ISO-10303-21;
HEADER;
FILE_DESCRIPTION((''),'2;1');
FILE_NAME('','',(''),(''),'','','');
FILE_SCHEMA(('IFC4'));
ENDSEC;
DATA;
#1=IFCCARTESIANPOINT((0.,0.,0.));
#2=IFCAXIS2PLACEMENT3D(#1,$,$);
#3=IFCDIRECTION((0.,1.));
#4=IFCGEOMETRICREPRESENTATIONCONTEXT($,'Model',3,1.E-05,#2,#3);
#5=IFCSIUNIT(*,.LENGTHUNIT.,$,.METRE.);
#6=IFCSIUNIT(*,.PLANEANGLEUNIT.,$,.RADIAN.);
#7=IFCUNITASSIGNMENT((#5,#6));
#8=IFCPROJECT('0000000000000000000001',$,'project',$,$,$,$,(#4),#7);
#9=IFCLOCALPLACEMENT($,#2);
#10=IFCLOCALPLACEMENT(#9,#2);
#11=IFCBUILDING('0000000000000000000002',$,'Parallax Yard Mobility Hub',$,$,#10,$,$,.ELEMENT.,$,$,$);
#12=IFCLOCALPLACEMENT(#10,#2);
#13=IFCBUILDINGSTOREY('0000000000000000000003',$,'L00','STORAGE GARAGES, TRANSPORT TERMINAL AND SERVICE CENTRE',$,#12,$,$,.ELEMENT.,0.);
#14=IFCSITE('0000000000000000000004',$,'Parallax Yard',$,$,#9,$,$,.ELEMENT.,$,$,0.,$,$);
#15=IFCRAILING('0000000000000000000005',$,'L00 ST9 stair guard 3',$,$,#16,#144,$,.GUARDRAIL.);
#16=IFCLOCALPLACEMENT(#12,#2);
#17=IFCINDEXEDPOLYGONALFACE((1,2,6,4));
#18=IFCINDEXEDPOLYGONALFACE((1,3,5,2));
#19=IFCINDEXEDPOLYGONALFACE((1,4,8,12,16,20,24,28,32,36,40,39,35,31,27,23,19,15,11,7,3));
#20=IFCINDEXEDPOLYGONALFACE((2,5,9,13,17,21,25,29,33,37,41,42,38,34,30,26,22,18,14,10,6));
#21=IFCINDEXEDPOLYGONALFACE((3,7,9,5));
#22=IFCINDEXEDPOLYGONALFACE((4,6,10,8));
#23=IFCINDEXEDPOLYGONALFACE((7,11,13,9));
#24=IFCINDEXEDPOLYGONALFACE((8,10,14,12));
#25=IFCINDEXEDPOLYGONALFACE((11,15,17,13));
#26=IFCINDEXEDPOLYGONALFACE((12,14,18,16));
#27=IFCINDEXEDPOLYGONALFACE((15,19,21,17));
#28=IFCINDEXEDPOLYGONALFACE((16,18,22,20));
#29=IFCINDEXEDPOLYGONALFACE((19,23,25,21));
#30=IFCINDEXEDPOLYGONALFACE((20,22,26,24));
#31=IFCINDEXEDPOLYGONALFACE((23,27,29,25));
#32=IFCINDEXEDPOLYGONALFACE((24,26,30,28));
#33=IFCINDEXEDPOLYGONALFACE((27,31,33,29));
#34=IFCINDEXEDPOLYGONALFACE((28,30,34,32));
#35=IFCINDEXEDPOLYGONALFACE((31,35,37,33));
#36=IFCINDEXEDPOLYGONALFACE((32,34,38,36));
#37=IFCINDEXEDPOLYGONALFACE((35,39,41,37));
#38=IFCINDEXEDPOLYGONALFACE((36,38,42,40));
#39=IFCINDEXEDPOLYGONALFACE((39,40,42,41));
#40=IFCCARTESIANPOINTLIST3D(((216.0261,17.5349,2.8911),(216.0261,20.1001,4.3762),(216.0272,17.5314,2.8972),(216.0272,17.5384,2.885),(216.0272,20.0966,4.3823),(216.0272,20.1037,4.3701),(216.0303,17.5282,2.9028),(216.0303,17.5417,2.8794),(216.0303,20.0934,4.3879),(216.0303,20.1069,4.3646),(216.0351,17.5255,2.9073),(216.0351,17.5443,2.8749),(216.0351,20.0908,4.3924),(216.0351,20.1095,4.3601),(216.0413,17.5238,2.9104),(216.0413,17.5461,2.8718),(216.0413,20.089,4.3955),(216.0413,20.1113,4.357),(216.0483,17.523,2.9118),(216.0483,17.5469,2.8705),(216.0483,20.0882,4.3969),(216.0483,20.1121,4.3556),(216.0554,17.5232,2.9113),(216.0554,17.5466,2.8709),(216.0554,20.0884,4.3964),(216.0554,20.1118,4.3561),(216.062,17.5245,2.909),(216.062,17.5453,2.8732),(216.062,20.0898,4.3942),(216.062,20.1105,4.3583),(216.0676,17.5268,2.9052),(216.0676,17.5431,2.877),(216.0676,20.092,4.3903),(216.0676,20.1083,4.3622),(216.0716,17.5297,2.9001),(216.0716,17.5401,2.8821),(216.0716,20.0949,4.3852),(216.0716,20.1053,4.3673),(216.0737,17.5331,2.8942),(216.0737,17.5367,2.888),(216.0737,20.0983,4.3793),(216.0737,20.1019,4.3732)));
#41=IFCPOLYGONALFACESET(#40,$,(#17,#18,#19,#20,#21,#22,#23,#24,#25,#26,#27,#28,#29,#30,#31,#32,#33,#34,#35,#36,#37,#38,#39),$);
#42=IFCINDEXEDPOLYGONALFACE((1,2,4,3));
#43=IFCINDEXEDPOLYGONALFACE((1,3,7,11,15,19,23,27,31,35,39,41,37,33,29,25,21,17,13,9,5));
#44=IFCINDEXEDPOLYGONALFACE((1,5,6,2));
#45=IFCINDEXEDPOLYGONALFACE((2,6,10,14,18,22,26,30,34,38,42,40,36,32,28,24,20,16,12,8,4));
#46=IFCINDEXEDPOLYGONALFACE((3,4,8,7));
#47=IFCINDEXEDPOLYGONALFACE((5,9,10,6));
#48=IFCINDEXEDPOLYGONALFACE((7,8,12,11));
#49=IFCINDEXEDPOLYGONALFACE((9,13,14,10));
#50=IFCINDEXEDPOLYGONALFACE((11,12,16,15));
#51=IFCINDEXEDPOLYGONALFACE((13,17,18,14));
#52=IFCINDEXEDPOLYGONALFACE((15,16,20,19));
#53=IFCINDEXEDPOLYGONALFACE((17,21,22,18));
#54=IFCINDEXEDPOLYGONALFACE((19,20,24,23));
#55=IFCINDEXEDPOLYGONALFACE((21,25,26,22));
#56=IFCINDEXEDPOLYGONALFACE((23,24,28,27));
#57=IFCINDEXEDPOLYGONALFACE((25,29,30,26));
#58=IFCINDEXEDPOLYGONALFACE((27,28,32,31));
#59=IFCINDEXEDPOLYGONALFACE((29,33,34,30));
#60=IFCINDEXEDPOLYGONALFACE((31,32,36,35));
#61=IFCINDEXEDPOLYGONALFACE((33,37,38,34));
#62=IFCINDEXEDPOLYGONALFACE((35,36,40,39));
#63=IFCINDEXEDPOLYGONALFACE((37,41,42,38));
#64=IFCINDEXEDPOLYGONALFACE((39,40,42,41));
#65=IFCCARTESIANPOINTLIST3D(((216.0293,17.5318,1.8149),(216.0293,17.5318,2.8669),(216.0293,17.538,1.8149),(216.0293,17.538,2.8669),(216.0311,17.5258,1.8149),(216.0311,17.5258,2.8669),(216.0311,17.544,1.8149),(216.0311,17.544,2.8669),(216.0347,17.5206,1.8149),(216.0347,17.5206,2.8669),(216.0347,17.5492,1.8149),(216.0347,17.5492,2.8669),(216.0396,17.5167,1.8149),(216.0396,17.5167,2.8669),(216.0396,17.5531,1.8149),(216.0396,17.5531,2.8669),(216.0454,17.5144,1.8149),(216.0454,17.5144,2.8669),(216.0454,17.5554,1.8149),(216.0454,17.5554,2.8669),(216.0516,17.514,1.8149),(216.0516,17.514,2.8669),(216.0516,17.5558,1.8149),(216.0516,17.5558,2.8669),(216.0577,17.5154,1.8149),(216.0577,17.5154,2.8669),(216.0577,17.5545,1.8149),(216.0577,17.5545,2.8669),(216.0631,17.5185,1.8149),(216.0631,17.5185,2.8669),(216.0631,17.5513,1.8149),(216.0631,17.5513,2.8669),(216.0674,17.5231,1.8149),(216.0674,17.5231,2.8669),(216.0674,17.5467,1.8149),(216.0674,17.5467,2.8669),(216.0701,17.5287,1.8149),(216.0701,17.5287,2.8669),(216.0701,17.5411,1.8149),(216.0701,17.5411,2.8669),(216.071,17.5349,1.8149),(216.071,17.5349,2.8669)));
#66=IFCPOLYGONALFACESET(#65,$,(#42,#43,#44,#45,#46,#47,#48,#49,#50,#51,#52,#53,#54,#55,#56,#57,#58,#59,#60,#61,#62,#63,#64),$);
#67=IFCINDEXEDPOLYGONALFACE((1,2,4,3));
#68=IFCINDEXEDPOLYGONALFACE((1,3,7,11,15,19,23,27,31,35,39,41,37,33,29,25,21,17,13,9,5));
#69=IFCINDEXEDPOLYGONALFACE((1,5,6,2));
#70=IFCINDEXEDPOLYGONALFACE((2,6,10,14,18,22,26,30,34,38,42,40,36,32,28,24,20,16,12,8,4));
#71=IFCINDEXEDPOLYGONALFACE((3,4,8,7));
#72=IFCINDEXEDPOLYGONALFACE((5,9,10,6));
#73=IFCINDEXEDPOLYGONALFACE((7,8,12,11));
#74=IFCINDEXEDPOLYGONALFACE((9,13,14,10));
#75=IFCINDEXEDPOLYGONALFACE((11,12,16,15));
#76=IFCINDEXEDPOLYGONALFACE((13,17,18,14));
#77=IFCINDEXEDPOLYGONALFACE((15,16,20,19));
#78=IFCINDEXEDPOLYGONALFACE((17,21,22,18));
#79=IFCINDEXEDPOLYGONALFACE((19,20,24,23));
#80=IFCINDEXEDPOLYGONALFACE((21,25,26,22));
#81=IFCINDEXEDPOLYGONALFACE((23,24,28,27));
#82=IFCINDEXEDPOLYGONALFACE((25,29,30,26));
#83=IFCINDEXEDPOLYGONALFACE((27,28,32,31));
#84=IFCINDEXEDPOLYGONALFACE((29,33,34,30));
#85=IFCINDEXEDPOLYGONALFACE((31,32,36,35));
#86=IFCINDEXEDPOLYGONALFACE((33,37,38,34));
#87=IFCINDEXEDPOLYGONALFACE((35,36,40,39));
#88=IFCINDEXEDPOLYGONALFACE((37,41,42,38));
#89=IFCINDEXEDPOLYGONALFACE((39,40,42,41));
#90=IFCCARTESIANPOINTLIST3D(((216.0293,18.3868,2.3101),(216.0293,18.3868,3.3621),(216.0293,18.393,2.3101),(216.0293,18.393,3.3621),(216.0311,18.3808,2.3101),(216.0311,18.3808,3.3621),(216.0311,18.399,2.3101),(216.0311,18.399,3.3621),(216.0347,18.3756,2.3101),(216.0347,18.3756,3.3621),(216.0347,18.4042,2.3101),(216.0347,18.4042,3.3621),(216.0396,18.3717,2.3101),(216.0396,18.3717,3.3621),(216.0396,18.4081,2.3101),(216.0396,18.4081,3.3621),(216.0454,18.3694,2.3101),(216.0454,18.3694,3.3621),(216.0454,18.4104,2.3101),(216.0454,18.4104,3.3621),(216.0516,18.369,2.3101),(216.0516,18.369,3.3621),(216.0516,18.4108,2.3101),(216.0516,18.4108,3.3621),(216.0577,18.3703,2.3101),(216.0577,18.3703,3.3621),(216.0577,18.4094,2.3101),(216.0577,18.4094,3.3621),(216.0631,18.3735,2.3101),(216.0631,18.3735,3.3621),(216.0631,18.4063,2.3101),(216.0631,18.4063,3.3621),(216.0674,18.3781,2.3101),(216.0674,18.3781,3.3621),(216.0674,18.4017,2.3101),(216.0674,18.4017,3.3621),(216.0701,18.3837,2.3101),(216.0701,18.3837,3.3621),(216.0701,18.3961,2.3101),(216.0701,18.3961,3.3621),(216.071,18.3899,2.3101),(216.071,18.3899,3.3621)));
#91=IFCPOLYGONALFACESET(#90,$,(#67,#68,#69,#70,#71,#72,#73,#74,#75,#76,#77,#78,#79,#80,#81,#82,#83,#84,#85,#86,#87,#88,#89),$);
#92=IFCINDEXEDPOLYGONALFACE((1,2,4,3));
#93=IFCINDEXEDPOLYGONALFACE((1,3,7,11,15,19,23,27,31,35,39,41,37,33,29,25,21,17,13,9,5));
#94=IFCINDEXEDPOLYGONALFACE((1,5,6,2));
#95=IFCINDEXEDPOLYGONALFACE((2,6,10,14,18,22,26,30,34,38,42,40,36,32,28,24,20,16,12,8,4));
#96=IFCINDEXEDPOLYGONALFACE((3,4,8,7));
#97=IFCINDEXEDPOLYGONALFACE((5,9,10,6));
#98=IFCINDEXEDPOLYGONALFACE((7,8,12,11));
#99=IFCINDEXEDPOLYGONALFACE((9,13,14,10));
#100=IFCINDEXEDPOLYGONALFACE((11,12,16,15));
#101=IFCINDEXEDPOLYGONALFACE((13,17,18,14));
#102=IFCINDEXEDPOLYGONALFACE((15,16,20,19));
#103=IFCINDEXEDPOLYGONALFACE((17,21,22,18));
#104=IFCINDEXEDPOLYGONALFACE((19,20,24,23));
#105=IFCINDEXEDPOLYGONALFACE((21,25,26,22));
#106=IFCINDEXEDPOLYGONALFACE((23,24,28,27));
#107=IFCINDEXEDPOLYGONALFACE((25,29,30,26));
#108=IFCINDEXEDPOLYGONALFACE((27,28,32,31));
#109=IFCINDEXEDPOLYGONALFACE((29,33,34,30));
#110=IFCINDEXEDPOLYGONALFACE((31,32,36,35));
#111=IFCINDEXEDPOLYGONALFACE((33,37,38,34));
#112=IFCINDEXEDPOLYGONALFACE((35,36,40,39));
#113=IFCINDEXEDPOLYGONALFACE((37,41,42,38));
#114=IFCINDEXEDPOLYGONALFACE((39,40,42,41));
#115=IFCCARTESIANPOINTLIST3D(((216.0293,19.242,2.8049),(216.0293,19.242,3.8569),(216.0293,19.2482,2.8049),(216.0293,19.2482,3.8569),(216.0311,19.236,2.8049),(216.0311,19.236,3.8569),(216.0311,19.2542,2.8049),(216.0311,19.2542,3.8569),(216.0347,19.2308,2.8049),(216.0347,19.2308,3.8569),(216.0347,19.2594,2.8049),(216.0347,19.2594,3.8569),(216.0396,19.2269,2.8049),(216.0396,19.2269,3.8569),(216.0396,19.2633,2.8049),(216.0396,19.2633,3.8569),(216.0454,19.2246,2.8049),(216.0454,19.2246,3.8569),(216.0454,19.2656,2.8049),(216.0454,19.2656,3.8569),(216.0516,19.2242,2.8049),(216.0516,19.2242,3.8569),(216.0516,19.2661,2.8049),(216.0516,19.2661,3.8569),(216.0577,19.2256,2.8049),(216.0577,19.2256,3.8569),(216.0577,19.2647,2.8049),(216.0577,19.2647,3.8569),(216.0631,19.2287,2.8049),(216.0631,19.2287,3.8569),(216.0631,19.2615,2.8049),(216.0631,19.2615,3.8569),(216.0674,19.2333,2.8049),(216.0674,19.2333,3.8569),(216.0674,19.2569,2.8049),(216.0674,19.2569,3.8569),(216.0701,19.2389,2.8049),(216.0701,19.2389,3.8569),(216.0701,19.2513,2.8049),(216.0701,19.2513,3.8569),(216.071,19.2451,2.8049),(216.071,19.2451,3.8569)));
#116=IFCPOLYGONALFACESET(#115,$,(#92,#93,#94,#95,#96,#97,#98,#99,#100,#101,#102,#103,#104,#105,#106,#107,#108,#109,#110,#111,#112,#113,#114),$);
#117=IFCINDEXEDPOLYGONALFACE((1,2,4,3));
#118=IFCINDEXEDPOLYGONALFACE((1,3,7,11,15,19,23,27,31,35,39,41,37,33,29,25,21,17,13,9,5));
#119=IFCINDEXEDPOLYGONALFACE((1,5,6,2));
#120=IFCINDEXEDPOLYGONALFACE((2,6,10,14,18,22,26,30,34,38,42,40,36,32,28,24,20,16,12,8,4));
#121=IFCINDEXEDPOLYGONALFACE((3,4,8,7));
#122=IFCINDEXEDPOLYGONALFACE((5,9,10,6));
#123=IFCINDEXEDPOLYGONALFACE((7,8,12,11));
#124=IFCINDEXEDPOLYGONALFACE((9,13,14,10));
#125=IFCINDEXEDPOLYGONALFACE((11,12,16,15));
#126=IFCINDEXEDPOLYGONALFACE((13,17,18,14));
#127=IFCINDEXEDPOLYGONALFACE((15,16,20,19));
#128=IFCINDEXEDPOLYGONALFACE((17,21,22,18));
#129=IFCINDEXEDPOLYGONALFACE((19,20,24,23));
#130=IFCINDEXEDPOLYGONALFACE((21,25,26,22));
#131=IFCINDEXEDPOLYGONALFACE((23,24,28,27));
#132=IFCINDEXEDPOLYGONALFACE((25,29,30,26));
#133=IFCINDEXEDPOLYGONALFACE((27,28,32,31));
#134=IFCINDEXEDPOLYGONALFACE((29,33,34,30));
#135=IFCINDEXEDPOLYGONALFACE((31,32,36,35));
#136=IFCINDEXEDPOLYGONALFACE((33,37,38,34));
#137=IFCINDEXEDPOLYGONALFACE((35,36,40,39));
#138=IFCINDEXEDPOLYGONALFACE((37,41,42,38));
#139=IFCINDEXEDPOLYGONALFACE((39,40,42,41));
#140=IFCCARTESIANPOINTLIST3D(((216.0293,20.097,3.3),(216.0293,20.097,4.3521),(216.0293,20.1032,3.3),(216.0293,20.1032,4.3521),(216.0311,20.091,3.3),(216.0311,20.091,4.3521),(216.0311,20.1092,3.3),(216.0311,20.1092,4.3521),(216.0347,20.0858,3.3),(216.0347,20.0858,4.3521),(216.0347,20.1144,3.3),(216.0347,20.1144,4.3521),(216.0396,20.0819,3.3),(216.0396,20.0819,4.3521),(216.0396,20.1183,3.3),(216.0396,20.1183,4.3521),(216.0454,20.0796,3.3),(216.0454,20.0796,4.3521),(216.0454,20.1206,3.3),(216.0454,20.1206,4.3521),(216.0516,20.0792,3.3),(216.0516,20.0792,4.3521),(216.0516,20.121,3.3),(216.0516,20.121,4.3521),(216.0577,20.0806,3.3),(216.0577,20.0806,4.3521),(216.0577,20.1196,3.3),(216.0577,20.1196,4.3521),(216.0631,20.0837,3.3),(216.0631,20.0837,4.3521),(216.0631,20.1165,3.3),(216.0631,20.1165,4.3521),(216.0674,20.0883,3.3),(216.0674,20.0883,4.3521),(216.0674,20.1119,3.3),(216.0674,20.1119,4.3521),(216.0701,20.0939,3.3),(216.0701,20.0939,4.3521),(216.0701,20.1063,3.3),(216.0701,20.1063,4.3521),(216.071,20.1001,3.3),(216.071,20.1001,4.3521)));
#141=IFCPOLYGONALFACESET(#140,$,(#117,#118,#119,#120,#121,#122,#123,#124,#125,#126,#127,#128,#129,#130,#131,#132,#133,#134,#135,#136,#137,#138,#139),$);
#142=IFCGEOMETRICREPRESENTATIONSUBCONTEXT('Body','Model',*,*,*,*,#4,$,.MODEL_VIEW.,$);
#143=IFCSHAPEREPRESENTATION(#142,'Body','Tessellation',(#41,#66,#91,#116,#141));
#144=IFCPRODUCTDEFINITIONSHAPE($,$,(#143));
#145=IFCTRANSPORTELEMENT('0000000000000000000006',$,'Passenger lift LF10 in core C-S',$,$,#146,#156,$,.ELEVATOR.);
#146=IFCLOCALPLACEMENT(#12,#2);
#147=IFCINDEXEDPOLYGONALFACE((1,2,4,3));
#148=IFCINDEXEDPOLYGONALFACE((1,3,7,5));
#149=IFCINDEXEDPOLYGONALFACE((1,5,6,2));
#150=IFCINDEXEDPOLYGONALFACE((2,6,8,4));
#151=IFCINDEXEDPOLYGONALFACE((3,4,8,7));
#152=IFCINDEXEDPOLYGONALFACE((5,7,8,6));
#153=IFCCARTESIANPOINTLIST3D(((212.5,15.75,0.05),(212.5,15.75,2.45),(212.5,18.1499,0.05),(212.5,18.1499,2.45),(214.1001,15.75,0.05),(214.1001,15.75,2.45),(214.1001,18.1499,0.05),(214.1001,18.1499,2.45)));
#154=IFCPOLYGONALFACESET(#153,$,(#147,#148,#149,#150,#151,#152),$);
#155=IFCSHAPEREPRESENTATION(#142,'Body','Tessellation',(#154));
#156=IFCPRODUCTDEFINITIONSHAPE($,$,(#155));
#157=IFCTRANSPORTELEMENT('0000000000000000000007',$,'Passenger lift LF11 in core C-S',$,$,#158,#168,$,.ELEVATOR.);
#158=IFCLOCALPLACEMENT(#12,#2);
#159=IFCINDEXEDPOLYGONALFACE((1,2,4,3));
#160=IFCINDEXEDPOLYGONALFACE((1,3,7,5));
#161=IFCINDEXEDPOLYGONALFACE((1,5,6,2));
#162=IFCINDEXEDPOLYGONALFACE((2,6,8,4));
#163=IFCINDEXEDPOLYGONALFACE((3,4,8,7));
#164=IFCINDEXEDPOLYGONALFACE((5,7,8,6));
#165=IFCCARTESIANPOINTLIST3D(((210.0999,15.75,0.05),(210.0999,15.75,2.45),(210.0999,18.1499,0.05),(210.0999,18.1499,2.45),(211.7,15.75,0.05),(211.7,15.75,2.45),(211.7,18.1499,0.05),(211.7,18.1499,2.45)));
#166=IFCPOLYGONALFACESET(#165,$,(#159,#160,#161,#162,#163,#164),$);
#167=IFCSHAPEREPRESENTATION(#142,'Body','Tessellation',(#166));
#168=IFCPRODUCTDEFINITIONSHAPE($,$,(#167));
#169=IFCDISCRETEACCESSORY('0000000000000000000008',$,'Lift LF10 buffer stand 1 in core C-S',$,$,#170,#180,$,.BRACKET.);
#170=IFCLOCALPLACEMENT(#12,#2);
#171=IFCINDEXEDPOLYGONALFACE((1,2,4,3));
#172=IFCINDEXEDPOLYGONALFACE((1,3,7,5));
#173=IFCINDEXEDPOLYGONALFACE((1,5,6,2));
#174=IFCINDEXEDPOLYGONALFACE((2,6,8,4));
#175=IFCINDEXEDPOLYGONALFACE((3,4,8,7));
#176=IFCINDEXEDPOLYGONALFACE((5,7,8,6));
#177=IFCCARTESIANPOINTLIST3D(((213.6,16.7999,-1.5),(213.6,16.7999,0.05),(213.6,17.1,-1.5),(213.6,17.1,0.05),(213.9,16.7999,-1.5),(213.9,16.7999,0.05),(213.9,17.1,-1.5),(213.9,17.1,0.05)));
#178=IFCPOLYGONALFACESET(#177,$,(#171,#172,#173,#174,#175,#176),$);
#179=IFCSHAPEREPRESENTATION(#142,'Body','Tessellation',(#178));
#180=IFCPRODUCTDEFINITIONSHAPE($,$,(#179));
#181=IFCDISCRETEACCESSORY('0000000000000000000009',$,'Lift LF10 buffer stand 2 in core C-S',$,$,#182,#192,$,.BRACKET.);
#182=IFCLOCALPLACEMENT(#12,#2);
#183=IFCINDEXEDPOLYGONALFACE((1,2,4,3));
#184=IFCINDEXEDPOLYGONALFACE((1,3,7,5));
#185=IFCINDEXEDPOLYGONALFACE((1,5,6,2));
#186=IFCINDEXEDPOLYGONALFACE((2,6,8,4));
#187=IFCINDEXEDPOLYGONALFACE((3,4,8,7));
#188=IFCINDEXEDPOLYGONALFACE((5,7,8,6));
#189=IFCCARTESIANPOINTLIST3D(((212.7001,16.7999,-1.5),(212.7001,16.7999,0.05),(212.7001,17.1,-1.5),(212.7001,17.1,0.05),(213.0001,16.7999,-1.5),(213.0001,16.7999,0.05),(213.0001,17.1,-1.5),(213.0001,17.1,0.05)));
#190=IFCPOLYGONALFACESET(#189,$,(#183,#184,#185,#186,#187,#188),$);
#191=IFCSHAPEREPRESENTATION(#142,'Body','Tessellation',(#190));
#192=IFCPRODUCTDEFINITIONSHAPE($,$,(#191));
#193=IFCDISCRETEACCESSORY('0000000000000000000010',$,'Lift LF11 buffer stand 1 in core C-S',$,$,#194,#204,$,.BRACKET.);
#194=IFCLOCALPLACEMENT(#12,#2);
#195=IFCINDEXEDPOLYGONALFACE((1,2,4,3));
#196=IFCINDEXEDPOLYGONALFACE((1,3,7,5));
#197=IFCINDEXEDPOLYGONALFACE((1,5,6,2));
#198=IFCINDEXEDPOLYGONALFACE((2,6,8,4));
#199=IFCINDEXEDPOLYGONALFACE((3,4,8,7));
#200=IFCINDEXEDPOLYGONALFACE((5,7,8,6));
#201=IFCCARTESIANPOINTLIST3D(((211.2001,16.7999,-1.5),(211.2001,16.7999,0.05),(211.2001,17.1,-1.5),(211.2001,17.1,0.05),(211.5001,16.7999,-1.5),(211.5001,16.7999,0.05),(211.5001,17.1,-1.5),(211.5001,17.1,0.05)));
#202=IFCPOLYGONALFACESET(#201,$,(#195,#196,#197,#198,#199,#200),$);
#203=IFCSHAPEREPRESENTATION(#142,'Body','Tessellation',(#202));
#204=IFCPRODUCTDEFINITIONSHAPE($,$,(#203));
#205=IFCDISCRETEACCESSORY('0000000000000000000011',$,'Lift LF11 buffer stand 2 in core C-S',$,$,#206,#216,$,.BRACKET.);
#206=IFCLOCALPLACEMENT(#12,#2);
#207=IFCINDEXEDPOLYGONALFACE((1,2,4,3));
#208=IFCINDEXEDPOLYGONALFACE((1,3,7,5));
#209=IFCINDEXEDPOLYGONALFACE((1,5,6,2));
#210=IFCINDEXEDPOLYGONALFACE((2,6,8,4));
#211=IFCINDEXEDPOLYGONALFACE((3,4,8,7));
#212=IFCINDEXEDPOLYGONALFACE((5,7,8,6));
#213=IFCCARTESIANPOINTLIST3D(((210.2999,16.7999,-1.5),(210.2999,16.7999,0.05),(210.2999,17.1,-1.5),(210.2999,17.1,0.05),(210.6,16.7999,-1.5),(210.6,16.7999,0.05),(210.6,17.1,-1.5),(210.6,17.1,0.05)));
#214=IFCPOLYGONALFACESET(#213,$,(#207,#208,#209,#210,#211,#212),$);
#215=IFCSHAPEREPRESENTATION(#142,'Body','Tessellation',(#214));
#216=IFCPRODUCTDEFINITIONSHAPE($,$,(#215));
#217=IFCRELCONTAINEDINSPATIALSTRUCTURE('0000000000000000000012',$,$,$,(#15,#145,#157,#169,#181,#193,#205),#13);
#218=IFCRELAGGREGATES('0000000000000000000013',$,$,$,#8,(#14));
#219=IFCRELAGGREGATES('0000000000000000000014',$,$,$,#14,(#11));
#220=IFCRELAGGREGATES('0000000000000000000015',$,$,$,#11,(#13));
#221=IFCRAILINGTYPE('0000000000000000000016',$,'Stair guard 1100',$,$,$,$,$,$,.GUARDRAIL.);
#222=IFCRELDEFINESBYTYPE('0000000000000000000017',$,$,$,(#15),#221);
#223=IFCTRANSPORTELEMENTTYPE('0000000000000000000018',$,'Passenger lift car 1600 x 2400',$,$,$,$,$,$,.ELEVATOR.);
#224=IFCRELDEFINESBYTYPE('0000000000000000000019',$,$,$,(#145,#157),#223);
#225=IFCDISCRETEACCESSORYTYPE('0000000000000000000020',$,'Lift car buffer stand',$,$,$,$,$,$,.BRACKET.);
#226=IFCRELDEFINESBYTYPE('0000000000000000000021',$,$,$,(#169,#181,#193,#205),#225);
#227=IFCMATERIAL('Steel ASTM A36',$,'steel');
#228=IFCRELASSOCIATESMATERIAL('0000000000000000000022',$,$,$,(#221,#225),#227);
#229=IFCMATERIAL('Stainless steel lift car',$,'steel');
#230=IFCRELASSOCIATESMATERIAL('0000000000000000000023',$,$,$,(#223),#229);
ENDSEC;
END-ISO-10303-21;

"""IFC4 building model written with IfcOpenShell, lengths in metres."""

from ifc_helpers import new_model, si_unit, direction, frame, origin, origin_2d, place, context, subcontext, project, spatial, rectangle, circle, extrude, material, type_object, element, save


model = new_model("IFC4")

# Units and contexts
model_context = context("Model", 3, precision=1e-05, world=origin(), true_north=direction((0.0, 1.0)))
body_context = subcontext(model_context, "Body", "Model", "MODEL_VIEW")
ifc_project = project(units=[si_unit("LENGTHUNIT", "METRE"), si_unit("PLANEANGLEUNIT", "RADIAN")], contexts=[model_context])

# Site, building, storey
site_placement = place(None, origin())
site = spatial("IfcSite", under=ifc_project, at=site_placement, Name="Parallax Yard", CompositionType="ELEMENT", RefElevation=0.0)
building_placement = place(site_placement, origin())
building = spatial("IfcBuilding", under=site, at=building_placement, Name="Parallax Yard Mobility Hub", CompositionType="ELEMENT")
storey_placement = place(building_placement, origin())
storey = spatial("IfcBuildingStorey", under=building, at=storey_placement, Name="L00", Description="STORAGE GARAGES, TRANSPORT TERMINAL AND SERVICE CENTRE", CompositionType="ELEMENT", Elevation=0.0)

# Railing
ifc_material_1 = material(Name="Steel ASTM A36", Category="steel")
railing_type = type_object("IfcRailingType", Name="Stair guard 1100", PredefinedType="GUARDRAIL", material=ifc_material_1)
railing_1_placement = place(storey_placement, frame((216.05, 17.5349, 1.8149)))
element("IfcRailing", 1, at=railing_1_placement, inside=storey, type_object=railing_type, Name="L00 ST9 stair guard 3", PredefinedType="GUARDRAIL", context=body_context, shape_type="SweptSolid", body=[
    extrude(circle(Radius=0.0239, at=origin_2d()), frame((0.0, 0.0, 1.0762), z_axis=(0.0, 0.865426, 0.501036), x_axis=(-1.0, 0.0, 0.0)), (0.0, 0.0, 1.0), 2.9641),
    extrude(circle(Radius=0.021, at=origin_2d()), origin(), (0.0, 0.0, 1.0), 1.052),
    extrude(circle(Radius=0.021, at=origin_2d()), frame((0.0, 0.855, 0.4951)), (0.0, 0.0, 1.0), 1.052),
    extrude(circle(Radius=0.021, at=origin_2d()), frame((0.0, 1.7102, 0.99)), (0.0, 0.0, 1.0), 1.052),
    extrude(circle(Radius=0.021, at=origin_2d()), frame((0.0, 2.5652, 1.4851)), (0.0, 0.0, 1.0), 1.052),
])

# Transport elements
ifc_material_2 = material(Name="Stainless steel lift car", Category="steel")
transport_element_type = type_object("IfcTransportElementType", Name="Passenger lift car 1600 x 2400", PredefinedType="ELEVATOR", material=ifc_material_2)
for number, where, z_axis, x_axis, name in (
    (2, (213.3, 16.95, 0.05), (0.0, 0.0, 1.0), (-1.0, 0.0, 0.0), "Passenger lift LF10 in core C-S"),
    (3, (210.8999, 16.95, 0.05), (0.0, 0.0, 1.0), (-1.0, 0.0, 0.0), "Passenger lift LF11 in core C-S"),
):
    element("IfcTransportElement", number, at=place(storey_placement, frame(where, z_axis=z_axis, x_axis=x_axis)), inside=storey, type_object=transport_element_type, Name=name, PredefinedType="ELEVATOR", context=body_context, shape_type="SweptSolid", body=[
        extrude(rectangle(XDim=1.6001, YDim=2.3999, at=origin_2d()), origin(), (0.0, 0.0, 1.0), 2.3999),
    ])

# Discrete accessories
discrete_accessory_type = type_object("IfcDiscreteAccessoryType", Name="Lift car buffer stand", PredefinedType="BRACKET", material=ifc_material_1)
for number, where, z_axis, x_axis, name in (
    (4, (213.75, 16.95, -1.5), (0.0, 0.0, 1.0), (-1.0, 0.0, 0.0), "Lift LF10 buffer stand 1 in core C-S"),
    (5, (212.8501, 16.95, -1.5), (0.0, 0.0, 1.0), (-1.0, 0.0, 0.0), "Lift LF10 buffer stand 2 in core C-S"),
    (6, (211.3501, 16.95, -1.5), (0.0, 0.0, 1.0), (-1.0, 0.0, 0.0), "Lift LF11 buffer stand 1 in core C-S"),
    (7, (210.45, 16.95, -1.5), (0.0, 0.0, 1.0), (-1.0, 0.0, 0.0), "Lift LF11 buffer stand 2 in core C-S"),
):
    element("IfcDiscreteAccessory", number, at=place(storey_placement, frame(where, z_axis=z_axis, x_axis=x_axis)), inside=storey, type_object=discrete_accessory_type, Name=name, PredefinedType="BRACKET", context=body_context, shape_type="SweptSolid", body=[
        extrude(rectangle(XDim=0.3, YDim=0.3, at=origin_2d()), origin(), (0.0, 0.0, 1.0), 1.55),
    ])

save(model, "model.ifc")
